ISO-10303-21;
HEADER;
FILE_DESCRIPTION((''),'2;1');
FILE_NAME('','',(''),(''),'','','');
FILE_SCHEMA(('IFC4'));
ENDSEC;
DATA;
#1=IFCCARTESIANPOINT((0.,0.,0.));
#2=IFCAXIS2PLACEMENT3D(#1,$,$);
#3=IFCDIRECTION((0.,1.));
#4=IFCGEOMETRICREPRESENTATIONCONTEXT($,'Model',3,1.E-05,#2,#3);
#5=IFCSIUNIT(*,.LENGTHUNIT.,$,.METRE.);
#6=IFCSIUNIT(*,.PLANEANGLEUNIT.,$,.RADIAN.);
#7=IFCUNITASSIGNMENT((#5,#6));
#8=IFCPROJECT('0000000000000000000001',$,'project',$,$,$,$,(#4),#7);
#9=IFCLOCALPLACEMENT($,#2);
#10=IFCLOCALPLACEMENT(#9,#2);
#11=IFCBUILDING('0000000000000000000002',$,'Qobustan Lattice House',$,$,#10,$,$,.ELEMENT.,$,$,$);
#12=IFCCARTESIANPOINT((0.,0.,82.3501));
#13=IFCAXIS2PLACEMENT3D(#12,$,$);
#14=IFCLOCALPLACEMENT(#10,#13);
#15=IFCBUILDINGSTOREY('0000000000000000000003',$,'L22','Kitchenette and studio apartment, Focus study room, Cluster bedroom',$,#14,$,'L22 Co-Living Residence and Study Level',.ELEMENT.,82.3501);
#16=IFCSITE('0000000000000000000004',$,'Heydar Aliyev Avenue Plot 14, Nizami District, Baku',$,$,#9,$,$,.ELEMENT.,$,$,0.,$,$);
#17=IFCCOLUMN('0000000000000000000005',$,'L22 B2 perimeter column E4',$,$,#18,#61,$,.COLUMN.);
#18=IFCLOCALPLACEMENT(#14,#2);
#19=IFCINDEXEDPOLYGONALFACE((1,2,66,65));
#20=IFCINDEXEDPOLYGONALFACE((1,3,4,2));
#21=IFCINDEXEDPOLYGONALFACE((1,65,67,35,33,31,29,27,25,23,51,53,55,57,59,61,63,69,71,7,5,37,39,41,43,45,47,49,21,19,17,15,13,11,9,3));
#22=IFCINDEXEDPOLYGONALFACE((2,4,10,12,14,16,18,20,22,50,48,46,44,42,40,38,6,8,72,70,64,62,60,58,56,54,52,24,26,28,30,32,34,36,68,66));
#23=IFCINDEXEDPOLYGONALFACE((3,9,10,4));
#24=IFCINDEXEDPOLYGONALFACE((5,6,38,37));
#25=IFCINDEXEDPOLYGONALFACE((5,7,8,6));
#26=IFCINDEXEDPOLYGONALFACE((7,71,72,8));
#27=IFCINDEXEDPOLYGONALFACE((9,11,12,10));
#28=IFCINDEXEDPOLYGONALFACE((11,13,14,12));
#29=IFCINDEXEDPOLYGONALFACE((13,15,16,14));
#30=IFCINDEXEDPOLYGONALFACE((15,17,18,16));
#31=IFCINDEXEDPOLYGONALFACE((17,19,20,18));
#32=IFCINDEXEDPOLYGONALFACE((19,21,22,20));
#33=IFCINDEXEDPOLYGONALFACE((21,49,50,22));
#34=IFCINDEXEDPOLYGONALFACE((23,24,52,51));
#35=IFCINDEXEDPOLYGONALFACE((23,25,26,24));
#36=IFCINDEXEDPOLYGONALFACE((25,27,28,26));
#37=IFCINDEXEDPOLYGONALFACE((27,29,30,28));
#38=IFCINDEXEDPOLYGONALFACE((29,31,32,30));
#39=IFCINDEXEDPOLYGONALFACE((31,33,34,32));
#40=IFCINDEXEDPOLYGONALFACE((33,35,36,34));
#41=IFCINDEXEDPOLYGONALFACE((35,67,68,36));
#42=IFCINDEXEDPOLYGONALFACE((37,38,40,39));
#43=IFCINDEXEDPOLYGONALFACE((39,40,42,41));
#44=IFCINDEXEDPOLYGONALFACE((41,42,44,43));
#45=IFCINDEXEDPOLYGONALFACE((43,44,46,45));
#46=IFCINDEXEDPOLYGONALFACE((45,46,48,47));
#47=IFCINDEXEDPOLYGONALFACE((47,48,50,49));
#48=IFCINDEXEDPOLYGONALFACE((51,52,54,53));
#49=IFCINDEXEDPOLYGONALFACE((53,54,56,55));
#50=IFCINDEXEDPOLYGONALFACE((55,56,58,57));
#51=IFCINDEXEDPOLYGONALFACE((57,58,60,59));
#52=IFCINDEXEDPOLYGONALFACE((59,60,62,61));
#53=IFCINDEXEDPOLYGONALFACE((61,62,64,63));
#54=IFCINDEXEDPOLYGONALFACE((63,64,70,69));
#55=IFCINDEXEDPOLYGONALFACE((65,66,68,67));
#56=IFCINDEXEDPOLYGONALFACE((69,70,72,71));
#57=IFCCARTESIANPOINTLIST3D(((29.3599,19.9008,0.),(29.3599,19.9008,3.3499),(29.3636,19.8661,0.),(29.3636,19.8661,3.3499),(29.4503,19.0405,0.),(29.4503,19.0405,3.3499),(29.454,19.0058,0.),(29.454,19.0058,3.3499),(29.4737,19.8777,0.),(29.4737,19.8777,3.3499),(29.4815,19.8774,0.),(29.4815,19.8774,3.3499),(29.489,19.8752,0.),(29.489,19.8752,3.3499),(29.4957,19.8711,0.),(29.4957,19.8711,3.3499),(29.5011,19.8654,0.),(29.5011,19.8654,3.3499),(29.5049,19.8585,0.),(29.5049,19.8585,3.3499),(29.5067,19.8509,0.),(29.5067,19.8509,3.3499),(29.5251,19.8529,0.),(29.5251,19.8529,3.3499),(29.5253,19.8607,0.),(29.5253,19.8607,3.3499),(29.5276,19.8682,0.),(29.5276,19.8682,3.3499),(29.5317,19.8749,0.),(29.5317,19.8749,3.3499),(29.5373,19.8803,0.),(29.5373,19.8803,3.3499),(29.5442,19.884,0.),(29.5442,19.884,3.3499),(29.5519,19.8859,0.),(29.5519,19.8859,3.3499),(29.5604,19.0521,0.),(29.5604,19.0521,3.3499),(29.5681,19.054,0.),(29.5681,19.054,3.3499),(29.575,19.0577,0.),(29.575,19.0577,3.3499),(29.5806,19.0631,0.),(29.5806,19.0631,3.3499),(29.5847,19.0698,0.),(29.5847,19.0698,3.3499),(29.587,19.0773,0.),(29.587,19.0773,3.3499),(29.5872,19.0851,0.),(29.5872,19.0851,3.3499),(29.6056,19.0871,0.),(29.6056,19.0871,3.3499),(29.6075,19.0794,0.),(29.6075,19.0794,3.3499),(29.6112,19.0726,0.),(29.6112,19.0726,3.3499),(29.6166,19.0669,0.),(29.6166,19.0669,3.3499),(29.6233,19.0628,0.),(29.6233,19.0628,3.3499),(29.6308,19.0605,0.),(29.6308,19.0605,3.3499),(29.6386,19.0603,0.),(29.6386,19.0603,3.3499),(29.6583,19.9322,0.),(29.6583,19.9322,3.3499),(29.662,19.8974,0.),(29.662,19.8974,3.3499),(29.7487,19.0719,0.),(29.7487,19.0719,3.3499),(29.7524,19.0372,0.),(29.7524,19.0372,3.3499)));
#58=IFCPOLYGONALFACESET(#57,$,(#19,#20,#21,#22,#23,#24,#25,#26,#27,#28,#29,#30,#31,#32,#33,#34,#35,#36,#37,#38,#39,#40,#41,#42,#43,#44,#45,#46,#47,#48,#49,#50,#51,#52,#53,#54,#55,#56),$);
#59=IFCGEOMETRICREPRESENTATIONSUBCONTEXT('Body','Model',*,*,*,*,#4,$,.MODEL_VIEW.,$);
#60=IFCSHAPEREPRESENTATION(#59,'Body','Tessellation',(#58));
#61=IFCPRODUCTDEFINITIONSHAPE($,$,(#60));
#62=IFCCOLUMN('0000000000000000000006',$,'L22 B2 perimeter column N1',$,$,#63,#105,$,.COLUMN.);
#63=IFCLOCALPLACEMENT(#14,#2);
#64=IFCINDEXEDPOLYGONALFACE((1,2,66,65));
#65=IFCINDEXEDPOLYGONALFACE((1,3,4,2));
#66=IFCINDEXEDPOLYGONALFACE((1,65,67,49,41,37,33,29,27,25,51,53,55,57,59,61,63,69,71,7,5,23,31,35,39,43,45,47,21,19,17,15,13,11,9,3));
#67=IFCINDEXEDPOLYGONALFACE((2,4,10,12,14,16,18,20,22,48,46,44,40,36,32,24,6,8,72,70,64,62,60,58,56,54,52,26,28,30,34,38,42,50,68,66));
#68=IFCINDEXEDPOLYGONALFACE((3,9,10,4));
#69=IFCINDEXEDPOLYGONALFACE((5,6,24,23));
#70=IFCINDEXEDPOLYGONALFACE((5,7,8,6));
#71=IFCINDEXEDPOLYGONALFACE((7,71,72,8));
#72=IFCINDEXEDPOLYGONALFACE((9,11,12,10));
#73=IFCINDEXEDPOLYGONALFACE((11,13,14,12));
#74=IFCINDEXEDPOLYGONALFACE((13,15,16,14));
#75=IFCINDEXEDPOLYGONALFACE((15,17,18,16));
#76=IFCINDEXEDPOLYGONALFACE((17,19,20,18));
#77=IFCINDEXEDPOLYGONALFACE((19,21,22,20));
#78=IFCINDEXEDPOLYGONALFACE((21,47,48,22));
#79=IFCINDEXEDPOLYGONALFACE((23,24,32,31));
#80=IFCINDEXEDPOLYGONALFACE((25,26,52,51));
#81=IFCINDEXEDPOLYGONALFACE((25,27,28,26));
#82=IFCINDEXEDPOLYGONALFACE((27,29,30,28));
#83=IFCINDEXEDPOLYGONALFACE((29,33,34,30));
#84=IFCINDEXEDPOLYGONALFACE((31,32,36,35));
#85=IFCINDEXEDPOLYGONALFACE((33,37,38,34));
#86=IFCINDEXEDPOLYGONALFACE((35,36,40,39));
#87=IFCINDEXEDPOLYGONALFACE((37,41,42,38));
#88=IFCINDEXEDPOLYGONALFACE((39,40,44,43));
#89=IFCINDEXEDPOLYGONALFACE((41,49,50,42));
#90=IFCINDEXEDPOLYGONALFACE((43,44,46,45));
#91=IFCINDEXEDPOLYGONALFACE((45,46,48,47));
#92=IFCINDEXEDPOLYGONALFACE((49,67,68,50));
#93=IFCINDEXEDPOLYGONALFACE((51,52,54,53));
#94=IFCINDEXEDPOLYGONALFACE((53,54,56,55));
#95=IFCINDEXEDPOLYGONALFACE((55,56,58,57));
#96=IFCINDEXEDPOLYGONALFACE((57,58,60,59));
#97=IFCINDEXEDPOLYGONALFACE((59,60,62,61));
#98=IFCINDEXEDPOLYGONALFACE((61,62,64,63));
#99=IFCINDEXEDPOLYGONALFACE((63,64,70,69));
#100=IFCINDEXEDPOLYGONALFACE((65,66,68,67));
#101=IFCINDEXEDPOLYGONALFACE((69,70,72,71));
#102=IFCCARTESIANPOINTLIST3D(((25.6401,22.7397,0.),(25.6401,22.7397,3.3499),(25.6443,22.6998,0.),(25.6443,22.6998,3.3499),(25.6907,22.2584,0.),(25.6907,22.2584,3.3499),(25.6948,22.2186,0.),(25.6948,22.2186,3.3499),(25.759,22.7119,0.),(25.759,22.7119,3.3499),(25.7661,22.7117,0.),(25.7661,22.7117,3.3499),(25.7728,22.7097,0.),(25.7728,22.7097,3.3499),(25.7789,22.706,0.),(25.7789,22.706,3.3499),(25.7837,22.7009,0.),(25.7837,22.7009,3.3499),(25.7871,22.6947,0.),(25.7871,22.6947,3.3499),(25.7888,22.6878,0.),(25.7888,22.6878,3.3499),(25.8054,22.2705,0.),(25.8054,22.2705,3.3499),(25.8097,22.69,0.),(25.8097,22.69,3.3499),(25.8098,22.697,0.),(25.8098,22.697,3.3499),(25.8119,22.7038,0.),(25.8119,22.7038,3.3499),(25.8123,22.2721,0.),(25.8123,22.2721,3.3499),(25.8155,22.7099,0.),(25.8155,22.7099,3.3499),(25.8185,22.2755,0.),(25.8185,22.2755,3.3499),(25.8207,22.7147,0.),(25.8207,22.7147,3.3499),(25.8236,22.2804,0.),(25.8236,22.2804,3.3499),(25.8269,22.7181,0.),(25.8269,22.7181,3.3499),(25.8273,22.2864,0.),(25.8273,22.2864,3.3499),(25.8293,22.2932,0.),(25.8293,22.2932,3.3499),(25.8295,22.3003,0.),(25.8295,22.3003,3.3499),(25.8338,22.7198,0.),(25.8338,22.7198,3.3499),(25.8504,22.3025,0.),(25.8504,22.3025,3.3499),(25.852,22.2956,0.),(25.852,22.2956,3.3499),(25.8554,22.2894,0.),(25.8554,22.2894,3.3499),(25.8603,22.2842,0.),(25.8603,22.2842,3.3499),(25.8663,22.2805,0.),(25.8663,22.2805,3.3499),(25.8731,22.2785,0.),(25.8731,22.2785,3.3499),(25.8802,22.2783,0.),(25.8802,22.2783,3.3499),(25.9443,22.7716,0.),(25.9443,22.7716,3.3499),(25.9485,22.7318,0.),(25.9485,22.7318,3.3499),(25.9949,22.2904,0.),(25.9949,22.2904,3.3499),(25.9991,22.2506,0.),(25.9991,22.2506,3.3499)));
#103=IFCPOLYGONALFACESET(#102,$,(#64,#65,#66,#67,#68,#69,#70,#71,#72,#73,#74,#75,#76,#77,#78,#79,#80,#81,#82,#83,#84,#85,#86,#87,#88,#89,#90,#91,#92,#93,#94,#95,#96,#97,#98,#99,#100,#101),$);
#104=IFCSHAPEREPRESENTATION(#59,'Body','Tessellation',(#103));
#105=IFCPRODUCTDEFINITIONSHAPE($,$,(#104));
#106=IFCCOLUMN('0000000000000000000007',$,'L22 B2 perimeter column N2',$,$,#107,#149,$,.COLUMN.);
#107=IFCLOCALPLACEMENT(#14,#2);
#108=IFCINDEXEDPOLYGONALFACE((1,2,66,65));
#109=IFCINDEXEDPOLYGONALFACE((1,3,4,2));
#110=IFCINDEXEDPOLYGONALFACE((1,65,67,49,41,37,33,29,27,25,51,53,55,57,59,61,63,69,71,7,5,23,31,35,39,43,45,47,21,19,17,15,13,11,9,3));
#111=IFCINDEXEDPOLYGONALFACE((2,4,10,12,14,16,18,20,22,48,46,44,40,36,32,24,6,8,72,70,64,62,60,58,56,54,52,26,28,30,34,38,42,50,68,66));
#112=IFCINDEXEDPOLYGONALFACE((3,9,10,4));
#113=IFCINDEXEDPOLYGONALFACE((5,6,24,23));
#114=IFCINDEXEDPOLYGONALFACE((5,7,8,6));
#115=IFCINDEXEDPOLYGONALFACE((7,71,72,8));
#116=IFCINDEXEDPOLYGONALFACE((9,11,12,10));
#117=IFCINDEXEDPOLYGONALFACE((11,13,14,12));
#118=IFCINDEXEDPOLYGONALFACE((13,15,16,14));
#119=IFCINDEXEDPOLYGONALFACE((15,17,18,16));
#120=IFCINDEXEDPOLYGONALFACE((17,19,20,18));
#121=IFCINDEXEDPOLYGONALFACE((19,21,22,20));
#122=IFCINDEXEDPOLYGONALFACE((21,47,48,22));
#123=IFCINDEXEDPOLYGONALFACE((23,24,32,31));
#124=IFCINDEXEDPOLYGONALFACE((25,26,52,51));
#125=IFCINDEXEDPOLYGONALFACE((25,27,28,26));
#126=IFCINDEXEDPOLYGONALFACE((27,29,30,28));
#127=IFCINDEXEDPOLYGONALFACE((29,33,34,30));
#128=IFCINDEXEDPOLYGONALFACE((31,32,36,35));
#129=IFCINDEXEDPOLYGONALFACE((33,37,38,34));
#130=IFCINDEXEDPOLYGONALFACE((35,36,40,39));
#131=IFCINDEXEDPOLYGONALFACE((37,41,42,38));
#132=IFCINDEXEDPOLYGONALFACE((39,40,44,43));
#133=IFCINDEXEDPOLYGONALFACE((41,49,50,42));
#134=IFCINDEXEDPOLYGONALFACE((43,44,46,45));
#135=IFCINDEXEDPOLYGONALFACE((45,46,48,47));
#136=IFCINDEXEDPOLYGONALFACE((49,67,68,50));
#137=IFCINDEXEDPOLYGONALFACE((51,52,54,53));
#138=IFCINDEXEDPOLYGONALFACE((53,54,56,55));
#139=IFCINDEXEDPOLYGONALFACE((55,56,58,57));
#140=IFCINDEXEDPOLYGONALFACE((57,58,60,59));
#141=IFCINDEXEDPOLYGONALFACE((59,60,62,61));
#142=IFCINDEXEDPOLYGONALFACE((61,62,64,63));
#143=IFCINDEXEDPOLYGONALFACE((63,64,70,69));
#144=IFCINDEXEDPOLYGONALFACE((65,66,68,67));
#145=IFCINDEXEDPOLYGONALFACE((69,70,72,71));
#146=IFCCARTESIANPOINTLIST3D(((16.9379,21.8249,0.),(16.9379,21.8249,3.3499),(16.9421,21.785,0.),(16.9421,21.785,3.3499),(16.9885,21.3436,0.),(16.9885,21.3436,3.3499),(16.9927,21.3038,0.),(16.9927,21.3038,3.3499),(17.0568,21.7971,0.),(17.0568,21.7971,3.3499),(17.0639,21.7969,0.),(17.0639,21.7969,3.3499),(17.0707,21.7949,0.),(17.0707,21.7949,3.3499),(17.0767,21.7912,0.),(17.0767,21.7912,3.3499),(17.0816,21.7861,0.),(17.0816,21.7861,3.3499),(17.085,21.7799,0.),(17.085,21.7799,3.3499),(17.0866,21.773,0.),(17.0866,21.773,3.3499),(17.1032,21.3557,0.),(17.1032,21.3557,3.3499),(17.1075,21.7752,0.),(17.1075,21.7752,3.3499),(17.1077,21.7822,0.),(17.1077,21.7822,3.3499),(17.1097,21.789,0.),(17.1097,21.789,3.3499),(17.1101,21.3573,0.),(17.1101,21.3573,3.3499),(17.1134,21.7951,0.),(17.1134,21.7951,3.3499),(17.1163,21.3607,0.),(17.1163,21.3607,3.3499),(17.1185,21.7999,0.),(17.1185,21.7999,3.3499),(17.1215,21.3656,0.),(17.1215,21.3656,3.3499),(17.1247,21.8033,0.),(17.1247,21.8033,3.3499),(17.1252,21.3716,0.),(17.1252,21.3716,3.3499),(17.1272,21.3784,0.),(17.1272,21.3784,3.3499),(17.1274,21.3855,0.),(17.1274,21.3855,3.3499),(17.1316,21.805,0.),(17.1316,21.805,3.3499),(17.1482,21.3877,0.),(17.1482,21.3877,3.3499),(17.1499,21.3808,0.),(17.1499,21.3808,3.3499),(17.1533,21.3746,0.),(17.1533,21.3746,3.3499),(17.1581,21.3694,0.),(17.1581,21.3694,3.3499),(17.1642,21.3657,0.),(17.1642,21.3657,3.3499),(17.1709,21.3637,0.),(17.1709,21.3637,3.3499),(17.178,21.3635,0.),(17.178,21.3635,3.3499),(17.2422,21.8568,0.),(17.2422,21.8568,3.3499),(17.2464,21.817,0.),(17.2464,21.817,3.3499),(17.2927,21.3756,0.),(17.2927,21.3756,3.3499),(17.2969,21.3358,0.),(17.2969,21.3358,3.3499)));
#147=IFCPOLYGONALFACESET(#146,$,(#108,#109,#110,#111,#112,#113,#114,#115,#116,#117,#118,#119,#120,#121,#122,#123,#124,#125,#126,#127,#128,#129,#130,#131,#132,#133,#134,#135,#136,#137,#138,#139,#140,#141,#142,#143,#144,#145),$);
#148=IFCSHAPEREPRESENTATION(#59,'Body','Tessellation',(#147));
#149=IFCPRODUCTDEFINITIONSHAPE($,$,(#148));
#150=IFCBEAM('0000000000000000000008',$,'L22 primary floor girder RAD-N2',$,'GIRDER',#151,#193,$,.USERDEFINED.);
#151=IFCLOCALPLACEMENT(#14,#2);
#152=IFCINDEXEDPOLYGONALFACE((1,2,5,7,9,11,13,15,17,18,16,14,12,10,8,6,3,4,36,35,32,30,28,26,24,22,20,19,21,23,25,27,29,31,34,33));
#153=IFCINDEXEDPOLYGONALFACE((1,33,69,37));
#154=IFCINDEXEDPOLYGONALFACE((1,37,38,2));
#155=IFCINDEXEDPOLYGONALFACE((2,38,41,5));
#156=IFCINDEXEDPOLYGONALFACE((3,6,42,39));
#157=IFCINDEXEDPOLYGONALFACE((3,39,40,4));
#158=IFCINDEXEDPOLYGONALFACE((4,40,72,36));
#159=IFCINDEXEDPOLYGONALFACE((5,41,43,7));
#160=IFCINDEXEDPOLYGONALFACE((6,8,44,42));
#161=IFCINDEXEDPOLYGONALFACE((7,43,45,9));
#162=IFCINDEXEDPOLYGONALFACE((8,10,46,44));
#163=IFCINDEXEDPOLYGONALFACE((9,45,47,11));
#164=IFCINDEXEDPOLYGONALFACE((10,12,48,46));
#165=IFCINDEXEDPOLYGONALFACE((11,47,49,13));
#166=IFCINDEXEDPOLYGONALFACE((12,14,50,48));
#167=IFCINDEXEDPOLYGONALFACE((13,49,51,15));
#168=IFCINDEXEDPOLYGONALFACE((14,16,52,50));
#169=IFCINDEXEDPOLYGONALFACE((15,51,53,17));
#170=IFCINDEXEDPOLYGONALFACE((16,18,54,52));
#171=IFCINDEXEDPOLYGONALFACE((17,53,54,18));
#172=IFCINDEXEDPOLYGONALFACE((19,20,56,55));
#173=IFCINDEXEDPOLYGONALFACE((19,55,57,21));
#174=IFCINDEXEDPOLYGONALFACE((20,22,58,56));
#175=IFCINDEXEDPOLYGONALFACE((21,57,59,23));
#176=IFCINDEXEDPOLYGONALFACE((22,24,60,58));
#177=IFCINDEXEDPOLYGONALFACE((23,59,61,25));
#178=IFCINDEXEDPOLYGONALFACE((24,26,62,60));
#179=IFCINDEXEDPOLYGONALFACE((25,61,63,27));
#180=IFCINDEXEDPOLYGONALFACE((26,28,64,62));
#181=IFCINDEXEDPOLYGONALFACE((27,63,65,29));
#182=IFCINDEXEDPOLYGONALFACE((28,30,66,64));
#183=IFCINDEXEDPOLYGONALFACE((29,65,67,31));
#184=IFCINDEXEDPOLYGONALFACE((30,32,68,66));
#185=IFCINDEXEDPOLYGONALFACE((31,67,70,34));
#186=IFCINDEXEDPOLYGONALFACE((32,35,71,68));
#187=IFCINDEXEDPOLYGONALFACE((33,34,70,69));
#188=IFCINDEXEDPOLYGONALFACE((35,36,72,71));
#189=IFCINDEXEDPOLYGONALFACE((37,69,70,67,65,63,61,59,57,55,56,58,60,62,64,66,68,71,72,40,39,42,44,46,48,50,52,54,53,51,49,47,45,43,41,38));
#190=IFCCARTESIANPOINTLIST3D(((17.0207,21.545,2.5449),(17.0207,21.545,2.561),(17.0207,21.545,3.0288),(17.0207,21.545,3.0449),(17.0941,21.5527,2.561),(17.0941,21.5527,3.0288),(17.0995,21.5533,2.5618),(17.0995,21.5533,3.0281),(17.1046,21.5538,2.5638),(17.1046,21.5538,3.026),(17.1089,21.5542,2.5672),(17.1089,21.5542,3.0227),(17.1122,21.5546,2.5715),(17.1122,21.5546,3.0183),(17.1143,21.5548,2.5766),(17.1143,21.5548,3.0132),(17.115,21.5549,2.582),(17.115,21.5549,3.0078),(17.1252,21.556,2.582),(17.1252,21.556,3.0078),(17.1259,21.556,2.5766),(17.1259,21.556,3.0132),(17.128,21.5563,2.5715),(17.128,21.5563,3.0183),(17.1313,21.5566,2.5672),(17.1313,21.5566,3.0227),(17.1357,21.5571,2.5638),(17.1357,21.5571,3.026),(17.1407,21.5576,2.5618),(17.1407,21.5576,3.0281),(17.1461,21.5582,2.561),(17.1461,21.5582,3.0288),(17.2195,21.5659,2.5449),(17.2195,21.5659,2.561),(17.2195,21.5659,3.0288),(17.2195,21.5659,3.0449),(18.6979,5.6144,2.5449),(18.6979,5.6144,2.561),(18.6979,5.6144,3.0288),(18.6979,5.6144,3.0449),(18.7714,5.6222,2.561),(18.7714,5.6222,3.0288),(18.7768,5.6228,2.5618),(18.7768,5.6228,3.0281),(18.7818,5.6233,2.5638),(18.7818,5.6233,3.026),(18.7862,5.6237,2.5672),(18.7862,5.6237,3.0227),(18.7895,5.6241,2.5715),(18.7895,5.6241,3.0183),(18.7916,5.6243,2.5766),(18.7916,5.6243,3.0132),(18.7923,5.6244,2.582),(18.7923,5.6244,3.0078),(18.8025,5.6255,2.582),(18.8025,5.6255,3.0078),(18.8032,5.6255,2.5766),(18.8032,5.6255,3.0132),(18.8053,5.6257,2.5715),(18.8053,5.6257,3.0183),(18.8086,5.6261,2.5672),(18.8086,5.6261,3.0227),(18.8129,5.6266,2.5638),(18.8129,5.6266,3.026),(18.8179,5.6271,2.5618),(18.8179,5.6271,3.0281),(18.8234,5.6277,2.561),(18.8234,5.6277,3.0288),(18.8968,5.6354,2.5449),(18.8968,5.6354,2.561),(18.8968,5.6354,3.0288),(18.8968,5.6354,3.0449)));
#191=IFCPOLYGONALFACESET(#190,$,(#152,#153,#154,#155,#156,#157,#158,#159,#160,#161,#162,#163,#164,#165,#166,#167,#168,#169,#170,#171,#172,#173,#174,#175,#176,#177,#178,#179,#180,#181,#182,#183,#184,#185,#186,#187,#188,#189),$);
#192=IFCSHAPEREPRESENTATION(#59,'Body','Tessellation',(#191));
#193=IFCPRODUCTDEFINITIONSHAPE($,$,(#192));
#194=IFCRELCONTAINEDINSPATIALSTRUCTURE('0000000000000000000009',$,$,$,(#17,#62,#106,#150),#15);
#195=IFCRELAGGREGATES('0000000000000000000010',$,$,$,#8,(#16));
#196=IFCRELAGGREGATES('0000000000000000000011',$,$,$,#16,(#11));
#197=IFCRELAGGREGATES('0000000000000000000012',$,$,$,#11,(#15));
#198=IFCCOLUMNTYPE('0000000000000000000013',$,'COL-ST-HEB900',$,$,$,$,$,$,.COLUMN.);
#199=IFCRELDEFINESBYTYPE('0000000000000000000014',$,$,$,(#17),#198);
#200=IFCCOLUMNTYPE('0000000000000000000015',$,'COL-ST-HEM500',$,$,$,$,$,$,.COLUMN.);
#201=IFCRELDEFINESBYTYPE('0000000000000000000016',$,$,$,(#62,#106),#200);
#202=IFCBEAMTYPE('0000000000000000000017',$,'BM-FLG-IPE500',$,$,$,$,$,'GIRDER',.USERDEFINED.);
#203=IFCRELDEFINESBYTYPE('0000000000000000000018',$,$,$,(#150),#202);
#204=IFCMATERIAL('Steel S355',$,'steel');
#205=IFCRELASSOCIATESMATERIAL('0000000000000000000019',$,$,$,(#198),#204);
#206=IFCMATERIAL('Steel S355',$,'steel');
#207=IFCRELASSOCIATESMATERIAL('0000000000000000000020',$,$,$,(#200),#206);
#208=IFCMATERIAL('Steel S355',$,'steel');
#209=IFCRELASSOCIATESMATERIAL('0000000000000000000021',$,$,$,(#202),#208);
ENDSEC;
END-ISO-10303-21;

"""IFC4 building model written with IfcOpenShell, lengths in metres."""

from ifc_helpers import new_model, si_unit, direction, frame, origin, origin_2d, place, context, subcontext, project, spatial, i_section, extrude, material, material_profile, profile_set, type_object, element, save


model = new_model("IFC4")

# Units and contexts
model_context = context("Model", 3, precision=1e-05, world=origin(), true_north=direction((0.0, 1.0)))
body_context = subcontext(model_context, "Body", "Model", "MODEL_VIEW")
ifc_project = project(units=[si_unit("LENGTHUNIT", "METRE"), si_unit("PLANEANGLEUNIT", "RADIAN")], contexts=[model_context])

# Site, building, storey
site_placement = place(None, origin())
site = spatial("IfcSite", under=ifc_project, at=site_placement, Name="Heydar Aliyev Avenue Plot 14, Nizami District, Baku", CompositionType="ELEMENT", RefElevation=0.0)
building_placement = place(site_placement, origin())
building = spatial("IfcBuilding", under=site, at=building_placement, Name="Qobustan Lattice House", CompositionType="ELEMENT")
storey_placement = place(building_placement, frame((0.0, 0.0, 82.3501)))
storey = spatial("IfcBuildingStorey", under=building, at=storey_placement, Name="L22", Description="Kitchenette and studio apartment, Focus study room, Cluster bedroom", LongName="L22 Co-Living Residence and Study Level", CompositionType="ELEMENT", Elevation=82.3501)

# Columns
ifc_material_1 = material(Name="Steel S355", Category="steel")
ifc_material_profile_1 = material_profile(ifc_material_1, i_section(OverallWidth=0.3, OverallDepth=0.8999, WebThickness=0.0186, FlangeThickness=0.0349, FilletRadius=0.03, at=origin_2d()), Name="HEB900")
ifc_profile_set_1 = profile_set([ifc_material_profile_1], Name="Steel S355")
column_type_1 = type_object("IfcColumnType", Name="COL-ST-HEB900", PredefinedType="COLUMN", material=ifc_profile_set_1)
column_placement = place(storey_placement, frame((29.5562, 19.469, 0.0), z_axis=(0.0, 0.0, 1.0), x_axis=(0.994522, 0.104528, 0.0)))
element("IfcColumn", 1, at=column_placement, inside=storey, type_object=column_type_1, Name="L22 B2 perimeter column E4", PredefinedType="COLUMN", context=body_context, shape_type="SweptSolid", body=[
    extrude(i_section(OverallWidth=0.3, OverallDepth=0.8999, WebThickness=0.0186, FlangeThickness=0.0349, FilletRadius=0.03, at=origin_2d()), origin(), (0.0, 0.0, 1.0), 3.3499),
])
ifc_material_2 = material(Name="Steel S355", Category="steel")
ifc_material_profile_2 = material_profile(ifc_material_2, i_section(OverallWidth=0.3059, OverallDepth=0.5239, WebThickness=0.021, FlangeThickness=0.04, FilletRadius=0.0271, at=origin_2d()), Name="HEM500")
ifc_profile_set_2 = profile_set([ifc_material_profile_2], Name="Steel S355")
column_type_2 = type_object("IfcColumnType", Name="COL-ST-HEM500", PredefinedType="COLUMN", material=ifc_profile_set_2)
for number, where, z_axis, x_axis, name in (
    (2, (25.8196, 22.4951, 0.0), (0.0, 0.0, 1.0), (0.994522, 0.104528, 0.0), "L22 B2 perimeter column N1"),
    (3, (17.1174, 21.5803, 0.0), (0.0, 0.0, 1.0), (0.994522, 0.104528, 0.0), "L22 B2 perimeter column N2"),
):
    element("IfcColumn", number, at=place(storey_placement, frame(where, z_axis=z_axis, x_axis=x_axis)), inside=storey, type_object=column_type_2, Name=name, PredefinedType="COLUMN", context=body_context, shape_type="SweptSolid", body=[
        extrude(i_section(OverallWidth=0.3059, OverallDepth=0.5239, WebThickness=0.021, FlangeThickness=0.04, FilletRadius=0.0271, at=origin_2d()), origin(), (0.0, 0.0, 1.0), 3.3499),
    ])

# Beam
ifc_material_3 = material(Name="Steel S355", Category="steel")
ifc_material_profile_3 = material_profile(ifc_material_3, i_section(OverallWidth=0.2, OverallDepth=0.5, WebThickness=0.0103, FlangeThickness=0.0161, FilletRadius=0.021, at=origin_2d()), Name="IPE500")
ifc_profile_set_3 = profile_set([ifc_material_profile_3], Name="Steel S355")
beam_type_1 = type_object("IfcBeamType", Name="BM-FLG-IPE500", ElementType="GIRDER", PredefinedType="USERDEFINED", material=ifc_profile_set_3)
beam_1_placement = place(storey_placement, frame((17.1201, 21.5554, 2.7949), z_axis=(0.104707, -0.994503, 0.0), x_axis=(0.994503, 0.104707, 0.0)))
element("IfcBeam", 4, at=beam_1_placement, inside=storey, type_object=beam_type_1, Name="L22 primary floor girder RAD-N2", ObjectType="GIRDER", PredefinedType="USERDEFINED", context=body_context, shape_type="SweptSolid", body=[
    extrude(i_section(OverallWidth=0.2, OverallDepth=0.5, WebThickness=0.0103, FlangeThickness=0.0161, FilletRadius=0.021, at=origin_2d()), origin(), (0.0, 0.0, 1.0), 16.0186),
])

save(model, "model.ifc")
